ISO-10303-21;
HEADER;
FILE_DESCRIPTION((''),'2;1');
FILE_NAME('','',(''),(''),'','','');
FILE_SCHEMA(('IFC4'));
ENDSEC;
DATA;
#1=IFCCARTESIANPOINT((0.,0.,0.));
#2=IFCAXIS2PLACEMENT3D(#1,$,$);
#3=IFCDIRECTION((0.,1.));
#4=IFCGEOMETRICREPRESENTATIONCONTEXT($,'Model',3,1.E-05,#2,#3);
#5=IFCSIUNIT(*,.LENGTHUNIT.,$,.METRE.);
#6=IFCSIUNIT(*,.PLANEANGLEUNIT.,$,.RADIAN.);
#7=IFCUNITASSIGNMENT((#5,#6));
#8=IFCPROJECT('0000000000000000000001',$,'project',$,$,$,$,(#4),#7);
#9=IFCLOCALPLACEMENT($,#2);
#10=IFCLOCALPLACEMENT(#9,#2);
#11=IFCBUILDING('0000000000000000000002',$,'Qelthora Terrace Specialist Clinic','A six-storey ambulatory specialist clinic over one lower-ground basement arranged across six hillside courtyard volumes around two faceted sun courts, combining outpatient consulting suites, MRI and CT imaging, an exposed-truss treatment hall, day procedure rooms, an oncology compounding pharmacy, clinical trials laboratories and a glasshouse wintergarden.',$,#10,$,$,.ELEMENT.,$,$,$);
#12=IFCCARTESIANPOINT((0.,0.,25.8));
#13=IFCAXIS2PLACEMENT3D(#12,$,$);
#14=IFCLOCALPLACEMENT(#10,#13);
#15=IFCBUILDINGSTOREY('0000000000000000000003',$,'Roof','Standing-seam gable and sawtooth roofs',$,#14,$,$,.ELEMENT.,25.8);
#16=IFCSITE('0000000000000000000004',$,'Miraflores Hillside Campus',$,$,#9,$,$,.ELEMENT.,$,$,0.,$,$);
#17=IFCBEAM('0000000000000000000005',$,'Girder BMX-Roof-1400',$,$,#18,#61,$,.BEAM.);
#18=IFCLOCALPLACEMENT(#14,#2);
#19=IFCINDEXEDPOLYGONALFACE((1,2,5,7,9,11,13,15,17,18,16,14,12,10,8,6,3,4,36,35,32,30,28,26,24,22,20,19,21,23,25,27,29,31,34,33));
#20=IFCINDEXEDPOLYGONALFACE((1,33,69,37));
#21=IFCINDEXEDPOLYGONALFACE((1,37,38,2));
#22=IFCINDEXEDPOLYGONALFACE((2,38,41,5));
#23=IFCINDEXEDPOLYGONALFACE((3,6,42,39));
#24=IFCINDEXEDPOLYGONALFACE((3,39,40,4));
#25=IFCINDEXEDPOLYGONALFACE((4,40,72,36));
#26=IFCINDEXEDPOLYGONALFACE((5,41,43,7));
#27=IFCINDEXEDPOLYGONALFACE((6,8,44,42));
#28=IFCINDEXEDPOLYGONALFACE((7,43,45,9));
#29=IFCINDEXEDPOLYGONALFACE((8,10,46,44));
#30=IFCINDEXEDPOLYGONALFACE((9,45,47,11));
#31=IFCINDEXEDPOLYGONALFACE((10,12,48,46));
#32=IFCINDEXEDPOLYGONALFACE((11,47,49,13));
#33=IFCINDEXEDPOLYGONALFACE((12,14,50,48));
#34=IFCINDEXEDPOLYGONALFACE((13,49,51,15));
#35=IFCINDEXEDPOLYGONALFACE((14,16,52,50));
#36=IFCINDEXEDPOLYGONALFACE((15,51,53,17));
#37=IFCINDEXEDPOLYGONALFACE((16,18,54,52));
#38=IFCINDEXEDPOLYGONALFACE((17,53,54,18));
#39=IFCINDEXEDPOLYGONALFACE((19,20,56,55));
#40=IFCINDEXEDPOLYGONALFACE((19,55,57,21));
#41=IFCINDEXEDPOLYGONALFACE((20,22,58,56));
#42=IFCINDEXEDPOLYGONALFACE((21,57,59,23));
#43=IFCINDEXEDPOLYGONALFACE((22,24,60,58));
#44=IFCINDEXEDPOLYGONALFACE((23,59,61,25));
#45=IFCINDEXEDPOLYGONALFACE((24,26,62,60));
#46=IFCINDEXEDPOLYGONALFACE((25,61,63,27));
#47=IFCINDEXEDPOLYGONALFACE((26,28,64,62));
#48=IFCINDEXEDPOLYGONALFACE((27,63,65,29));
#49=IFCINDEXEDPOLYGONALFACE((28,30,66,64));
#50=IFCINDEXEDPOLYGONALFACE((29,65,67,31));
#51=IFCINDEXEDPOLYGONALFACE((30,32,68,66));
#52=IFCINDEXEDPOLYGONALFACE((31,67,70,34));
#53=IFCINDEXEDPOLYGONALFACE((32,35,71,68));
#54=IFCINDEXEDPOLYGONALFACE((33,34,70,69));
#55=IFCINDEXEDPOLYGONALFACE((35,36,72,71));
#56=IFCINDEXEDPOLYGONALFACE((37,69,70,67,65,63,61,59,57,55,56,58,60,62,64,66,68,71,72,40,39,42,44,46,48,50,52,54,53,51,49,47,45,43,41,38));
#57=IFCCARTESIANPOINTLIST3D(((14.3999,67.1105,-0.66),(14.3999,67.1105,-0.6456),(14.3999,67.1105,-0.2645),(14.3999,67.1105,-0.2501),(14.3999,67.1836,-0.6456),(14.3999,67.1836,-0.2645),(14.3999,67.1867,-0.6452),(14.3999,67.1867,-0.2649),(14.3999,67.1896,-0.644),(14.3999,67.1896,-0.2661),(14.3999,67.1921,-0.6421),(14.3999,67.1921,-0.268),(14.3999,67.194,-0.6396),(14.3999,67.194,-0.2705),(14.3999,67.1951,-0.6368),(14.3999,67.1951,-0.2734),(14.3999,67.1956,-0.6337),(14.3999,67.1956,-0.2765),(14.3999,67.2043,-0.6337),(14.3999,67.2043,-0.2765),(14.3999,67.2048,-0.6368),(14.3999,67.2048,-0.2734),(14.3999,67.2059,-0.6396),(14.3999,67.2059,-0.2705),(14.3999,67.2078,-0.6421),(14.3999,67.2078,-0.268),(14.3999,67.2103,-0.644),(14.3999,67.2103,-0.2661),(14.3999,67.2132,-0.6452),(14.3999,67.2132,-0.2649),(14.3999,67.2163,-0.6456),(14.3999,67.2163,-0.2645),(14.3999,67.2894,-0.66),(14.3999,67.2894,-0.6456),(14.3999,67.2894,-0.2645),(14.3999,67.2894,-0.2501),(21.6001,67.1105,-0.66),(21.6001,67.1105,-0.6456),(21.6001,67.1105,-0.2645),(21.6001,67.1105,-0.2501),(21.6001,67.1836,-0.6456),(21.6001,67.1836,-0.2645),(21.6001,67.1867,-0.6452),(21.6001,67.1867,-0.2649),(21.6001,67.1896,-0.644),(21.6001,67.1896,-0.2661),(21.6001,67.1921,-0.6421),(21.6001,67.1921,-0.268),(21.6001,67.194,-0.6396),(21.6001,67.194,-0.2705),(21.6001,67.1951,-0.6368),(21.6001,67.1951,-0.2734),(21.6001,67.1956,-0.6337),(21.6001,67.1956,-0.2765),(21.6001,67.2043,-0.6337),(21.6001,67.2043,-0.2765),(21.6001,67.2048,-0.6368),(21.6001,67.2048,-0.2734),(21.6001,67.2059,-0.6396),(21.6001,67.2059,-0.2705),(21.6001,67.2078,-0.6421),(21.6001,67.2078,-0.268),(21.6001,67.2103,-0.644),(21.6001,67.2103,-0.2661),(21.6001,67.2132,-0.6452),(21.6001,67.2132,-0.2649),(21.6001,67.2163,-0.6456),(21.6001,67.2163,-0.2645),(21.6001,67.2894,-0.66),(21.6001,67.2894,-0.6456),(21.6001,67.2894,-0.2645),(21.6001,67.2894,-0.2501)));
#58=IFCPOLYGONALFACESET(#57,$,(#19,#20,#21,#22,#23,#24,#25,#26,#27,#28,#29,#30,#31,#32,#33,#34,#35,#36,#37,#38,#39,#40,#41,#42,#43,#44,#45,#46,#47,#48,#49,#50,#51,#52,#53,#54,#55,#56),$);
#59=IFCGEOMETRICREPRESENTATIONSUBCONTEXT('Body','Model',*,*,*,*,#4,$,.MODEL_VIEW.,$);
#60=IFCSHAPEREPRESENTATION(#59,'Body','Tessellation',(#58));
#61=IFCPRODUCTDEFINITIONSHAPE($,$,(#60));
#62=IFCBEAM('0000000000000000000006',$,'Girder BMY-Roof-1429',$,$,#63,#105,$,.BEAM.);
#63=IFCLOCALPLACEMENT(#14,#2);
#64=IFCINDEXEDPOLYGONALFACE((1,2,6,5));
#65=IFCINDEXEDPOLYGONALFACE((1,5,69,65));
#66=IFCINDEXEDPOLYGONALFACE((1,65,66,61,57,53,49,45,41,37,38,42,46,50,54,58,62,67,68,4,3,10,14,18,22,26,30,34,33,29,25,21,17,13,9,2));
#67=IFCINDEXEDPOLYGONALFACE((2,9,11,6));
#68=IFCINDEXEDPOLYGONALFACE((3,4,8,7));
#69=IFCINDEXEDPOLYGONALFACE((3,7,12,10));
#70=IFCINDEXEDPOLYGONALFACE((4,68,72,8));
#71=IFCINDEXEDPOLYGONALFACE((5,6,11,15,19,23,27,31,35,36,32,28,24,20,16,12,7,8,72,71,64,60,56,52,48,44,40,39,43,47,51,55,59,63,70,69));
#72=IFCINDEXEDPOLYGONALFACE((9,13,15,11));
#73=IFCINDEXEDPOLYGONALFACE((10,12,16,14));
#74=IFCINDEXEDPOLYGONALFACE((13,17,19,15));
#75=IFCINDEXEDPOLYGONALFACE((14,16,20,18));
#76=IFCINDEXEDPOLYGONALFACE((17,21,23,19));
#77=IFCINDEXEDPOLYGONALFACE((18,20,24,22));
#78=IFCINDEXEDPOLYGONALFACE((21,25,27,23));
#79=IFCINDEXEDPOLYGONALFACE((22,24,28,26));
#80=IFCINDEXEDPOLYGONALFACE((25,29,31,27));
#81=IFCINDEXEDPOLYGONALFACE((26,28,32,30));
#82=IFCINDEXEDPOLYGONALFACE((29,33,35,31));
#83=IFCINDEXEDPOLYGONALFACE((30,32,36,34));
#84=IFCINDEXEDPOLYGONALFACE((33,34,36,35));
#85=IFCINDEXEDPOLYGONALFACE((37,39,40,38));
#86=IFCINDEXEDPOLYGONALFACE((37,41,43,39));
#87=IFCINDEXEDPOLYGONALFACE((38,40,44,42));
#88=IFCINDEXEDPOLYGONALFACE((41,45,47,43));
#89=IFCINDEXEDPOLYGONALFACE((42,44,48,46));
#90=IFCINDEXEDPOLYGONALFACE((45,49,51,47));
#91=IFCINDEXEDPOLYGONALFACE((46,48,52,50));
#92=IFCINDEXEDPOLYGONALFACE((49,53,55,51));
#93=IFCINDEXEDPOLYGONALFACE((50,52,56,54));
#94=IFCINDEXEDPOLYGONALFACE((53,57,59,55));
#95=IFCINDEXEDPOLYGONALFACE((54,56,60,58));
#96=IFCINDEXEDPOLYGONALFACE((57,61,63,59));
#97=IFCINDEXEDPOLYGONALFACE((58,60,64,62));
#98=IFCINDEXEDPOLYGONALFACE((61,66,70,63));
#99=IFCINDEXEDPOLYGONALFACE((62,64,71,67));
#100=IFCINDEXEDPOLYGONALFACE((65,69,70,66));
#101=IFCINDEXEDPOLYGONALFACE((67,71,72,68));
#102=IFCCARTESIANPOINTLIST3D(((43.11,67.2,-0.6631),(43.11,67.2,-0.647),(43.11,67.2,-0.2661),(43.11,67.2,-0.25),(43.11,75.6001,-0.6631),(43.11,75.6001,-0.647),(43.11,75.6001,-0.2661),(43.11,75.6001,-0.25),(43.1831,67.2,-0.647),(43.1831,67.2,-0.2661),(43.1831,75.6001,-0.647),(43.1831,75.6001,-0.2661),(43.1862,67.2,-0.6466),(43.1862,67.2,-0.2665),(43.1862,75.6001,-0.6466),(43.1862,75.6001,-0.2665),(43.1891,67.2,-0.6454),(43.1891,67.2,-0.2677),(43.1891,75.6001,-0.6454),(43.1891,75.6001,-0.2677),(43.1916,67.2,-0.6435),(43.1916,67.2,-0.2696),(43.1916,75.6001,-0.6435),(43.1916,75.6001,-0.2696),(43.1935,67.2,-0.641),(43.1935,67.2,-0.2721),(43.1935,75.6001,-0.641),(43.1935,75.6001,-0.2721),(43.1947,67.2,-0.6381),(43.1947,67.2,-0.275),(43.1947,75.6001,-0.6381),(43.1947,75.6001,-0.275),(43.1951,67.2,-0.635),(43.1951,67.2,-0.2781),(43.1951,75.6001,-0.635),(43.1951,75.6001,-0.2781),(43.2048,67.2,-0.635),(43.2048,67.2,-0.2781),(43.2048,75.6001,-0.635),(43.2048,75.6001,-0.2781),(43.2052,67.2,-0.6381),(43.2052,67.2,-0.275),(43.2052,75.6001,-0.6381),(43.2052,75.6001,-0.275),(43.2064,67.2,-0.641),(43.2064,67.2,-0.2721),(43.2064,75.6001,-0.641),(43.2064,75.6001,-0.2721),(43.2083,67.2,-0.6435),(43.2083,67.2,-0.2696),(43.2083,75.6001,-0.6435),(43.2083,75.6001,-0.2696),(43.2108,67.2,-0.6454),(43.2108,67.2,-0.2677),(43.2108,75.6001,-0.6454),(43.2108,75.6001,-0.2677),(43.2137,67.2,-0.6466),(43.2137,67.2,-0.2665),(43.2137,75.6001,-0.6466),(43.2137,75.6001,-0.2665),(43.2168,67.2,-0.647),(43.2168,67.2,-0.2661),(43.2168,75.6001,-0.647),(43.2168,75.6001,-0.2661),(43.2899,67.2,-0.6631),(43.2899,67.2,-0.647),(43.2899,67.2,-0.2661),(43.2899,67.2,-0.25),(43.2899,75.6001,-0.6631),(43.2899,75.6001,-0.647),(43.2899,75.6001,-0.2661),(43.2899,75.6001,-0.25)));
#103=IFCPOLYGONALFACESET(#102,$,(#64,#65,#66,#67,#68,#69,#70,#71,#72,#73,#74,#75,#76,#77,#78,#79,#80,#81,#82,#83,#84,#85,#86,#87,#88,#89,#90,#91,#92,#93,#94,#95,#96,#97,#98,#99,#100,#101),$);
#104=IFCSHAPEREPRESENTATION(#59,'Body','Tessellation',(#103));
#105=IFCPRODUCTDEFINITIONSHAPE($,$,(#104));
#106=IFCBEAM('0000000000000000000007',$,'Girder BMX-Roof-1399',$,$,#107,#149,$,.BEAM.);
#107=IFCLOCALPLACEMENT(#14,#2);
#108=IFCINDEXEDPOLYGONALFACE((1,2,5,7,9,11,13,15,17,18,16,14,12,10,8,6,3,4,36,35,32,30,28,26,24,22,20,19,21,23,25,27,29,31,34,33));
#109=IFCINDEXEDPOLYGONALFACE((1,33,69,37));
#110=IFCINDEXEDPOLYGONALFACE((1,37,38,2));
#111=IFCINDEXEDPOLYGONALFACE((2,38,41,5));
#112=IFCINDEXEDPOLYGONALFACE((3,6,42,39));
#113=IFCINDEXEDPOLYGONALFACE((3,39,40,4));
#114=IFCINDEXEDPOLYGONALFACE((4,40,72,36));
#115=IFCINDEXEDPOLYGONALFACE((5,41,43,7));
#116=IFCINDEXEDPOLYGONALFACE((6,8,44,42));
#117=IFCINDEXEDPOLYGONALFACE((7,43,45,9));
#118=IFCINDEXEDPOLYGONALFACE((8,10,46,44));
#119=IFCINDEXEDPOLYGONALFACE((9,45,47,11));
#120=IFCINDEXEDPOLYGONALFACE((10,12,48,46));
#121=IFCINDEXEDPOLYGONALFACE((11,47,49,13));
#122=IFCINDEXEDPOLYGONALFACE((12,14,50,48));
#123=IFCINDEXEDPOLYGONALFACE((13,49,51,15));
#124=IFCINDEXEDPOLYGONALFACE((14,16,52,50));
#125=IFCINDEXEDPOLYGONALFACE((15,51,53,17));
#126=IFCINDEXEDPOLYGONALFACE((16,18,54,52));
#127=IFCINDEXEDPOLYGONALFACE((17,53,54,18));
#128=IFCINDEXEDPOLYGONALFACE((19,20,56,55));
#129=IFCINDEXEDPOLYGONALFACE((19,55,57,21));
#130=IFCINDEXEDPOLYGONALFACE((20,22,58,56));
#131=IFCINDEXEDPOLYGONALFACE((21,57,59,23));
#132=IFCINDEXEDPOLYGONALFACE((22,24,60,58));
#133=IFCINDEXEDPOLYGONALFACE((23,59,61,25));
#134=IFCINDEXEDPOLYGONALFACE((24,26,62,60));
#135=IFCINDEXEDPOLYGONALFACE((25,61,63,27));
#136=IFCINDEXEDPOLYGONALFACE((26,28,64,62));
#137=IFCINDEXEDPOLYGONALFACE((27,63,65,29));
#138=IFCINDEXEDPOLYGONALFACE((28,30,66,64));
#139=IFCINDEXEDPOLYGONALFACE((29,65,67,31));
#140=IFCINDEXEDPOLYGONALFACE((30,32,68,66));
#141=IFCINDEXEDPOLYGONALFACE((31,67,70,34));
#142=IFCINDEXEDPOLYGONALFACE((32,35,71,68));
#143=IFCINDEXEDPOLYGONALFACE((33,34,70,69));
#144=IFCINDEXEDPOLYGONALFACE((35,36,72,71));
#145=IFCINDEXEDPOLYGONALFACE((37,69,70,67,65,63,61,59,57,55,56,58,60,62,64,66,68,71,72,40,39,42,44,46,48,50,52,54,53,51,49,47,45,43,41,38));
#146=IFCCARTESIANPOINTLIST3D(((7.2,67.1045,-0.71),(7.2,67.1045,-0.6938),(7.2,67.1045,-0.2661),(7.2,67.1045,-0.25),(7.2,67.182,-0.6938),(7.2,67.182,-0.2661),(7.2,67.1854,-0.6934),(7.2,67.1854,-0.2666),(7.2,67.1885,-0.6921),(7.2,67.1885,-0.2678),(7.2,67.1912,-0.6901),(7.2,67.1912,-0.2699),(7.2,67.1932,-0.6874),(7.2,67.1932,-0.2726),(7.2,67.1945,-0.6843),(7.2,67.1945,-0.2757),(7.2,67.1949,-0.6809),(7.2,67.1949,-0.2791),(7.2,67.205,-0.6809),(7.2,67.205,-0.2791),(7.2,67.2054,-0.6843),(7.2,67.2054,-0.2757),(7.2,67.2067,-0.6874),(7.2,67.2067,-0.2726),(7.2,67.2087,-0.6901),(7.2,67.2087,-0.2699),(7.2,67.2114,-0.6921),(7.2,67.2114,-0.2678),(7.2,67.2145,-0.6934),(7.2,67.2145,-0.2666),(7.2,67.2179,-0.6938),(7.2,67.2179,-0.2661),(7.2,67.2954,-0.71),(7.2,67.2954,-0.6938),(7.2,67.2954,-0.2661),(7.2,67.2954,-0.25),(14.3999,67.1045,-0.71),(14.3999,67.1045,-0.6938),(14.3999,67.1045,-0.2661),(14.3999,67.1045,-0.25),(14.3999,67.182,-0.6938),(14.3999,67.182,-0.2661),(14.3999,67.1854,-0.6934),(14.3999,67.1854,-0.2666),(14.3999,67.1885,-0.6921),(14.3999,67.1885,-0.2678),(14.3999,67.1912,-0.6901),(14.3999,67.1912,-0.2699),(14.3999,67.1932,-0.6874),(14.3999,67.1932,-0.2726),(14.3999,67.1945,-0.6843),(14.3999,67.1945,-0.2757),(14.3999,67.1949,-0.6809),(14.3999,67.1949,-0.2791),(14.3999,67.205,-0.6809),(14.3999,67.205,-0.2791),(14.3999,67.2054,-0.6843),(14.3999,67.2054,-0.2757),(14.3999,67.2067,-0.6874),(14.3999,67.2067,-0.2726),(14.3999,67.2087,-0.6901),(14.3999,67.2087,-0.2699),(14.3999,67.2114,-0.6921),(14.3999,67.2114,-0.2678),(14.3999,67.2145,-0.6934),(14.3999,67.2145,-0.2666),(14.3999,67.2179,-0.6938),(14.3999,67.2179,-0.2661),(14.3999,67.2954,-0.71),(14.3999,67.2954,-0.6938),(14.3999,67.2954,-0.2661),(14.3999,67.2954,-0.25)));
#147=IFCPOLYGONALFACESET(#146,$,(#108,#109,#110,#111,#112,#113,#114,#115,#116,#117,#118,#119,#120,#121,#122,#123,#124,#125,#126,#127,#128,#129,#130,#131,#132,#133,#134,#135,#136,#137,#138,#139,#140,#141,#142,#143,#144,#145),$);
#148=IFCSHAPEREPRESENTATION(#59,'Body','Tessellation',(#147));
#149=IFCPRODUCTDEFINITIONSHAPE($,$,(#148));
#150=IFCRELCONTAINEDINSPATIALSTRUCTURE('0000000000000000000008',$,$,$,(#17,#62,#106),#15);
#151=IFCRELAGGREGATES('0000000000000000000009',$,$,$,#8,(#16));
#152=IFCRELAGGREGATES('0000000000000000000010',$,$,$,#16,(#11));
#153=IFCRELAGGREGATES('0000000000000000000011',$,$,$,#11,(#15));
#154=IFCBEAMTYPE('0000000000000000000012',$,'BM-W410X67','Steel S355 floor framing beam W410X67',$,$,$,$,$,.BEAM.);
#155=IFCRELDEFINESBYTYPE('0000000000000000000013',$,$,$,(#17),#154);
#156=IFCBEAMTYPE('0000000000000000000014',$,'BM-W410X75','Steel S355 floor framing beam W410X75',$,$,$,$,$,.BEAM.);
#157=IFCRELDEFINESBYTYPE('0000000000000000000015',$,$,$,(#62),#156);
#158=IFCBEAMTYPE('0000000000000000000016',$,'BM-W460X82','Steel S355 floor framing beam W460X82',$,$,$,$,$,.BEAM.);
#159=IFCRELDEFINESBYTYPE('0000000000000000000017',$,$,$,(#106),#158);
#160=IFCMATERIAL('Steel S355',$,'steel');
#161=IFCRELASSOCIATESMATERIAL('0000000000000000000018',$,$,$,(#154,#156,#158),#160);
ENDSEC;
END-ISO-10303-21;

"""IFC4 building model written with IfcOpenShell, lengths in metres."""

from ifc_helpers import new_model, si_unit, direction, frame, origin, origin_2d, place, context, subcontext, project, spatial, i_section, extrude, material, material_profile, profile_set, type_object, element, save


model = new_model("IFC4")

# Units and contexts
model_context = context("Model", 3, precision=1e-05, world=origin(), true_north=direction((0.0, 1.0)))
body_context = subcontext(model_context, "Body", "Model", "MODEL_VIEW")
ifc_project = project(units=[si_unit("LENGTHUNIT", "METRE"), si_unit("PLANEANGLEUNIT", "RADIAN")], contexts=[model_context])

# Site, building, storey
site_placement = place(None, origin())
site = spatial("IfcSite", under=ifc_project, at=site_placement, Name="Miraflores Hillside Campus", CompositionType="ELEMENT", RefElevation=0.0)
building_placement = place(site_placement, origin())
building = spatial("IfcBuilding", under=site, at=building_placement, Name="Qelthora Terrace Specialist Clinic", Description="A six-storey ambulatory specialist clinic over one lower-ground basement arranged across six hillside courtyard volumes around two faceted sun courts, combining outpatient consulting suites, MRI and CT imaging, an exposed-truss treatment hall, day procedure rooms, an oncology compounding pharmacy, clinical trials laboratories and a glasshouse wintergarden.", CompositionType="ELEMENT")
storey_placement = place(building_placement, frame((0.0, 0.0, 25.8)))
storey = spatial("IfcBuildingStorey", under=building, at=storey_placement, Name="Roof", Description="Standing-seam gable and sawtooth roofs", CompositionType="ELEMENT", Elevation=25.8)

# Beams
ifc_material_1 = material(Name="Steel S355", Category="steel")
ifc_material_profile_1 = material_profile(ifc_material_1, i_section(OverallWidth=0.179, OverallDepth=0.4099, WebThickness=0.0088, FlangeThickness=0.0144, FilletRadius=0.012, at=origin_2d()), Name="W410X67")
ifc_profile_set_1 = profile_set([ifc_material_profile_1], Name="Steel S355")
beam_type_1 = type_object("IfcBeamType", Name="BM-W410X67", Description="Steel S355 floor framing beam W410X67", PredefinedType="BEAM", material=ifc_profile_set_1)
beam_1_placement = place(storey_placement, frame((14.3999, 67.2, -0.4551), z_axis=(1.0, 0.0, 0.0), x_axis=(0.0, 1.0, 0.0)))
element("IfcBeam", 1, at=beam_1_placement, inside=storey, type_object=beam_type_1, Name="Girder BMX-Roof-1400", PredefinedType="BEAM", context=body_context, shape_type="SweptSolid", body=[
    extrude(i_section(OverallWidth=0.179, OverallDepth=0.4099, WebThickness=0.0088, FlangeThickness=0.0144, FilletRadius=0.012, at=origin_2d()), origin(), (0.0, 0.0, 1.0), 7.2002),
])
ifc_material_profile_2 = material_profile(ifc_material_1, i_section(OverallWidth=0.1799, OverallDepth=0.4131, WebThickness=0.0098, FlangeThickness=0.0161, FilletRadius=0.012, at=origin_2d()), Name="W410X75")
ifc_profile_set_2 = profile_set([ifc_material_profile_2], Name="Steel S355")
beam_type_2 = type_object("IfcBeamType", Name="BM-W410X75", Description="Steel S355 floor framing beam W410X75", PredefinedType="BEAM", material=ifc_profile_set_2)
beam_2_placement = place(storey_placement, frame((43.2, 67.2, -0.4565), z_axis=(0.0, 1.0, 0.0), x_axis=(-1.0, 0.0, 0.0)))
element("IfcBeam", 2, at=beam_2_placement, inside=storey, type_object=beam_type_2, Name="Girder BMY-Roof-1429", PredefinedType="BEAM", context=body_context, shape_type="SweptSolid", body=[
    extrude(i_section(OverallWidth=0.1799, OverallDepth=0.4131, WebThickness=0.0098, FlangeThickness=0.0161, FilletRadius=0.012, at=origin_2d()), origin(), (0.0, 0.0, 1.0), 8.4001),
])
ifc_material_profile_3 = material_profile(ifc_material_1, i_section(OverallWidth=0.1909, OverallDepth=0.46, WebThickness=0.01, FlangeThickness=0.0161, FilletRadius=0.0129, at=origin_2d()), Name="W460X82")
ifc_profile_set_3 = profile_set([ifc_material_profile_3], Name="Steel S355")
beam_type_3 = type_object("IfcBeamType", Name="BM-W460X82", Description="Steel S355 floor framing beam W460X82", PredefinedType="BEAM", material=ifc_profile_set_3)
beam_3_placement = place(storey_placement, frame((7.2, 67.2, -0.48), z_axis=(1.0, 0.0, 0.0), x_axis=(0.0, 1.0, 0.0)))
element("IfcBeam", 3, at=beam_3_placement, inside=storey, type_object=beam_type_3, Name="Girder BMX-Roof-1399", PredefinedType="BEAM", context=body_context, shape_type="SweptSolid", body=[
    extrude(i_section(OverallWidth=0.1909, OverallDepth=0.46, WebThickness=0.01, FlangeThickness=0.0161, FilletRadius=0.0129, at=origin_2d()), origin(), (0.0, 0.0, 1.0), 7.2),
])

save(model, "model.ifc")
